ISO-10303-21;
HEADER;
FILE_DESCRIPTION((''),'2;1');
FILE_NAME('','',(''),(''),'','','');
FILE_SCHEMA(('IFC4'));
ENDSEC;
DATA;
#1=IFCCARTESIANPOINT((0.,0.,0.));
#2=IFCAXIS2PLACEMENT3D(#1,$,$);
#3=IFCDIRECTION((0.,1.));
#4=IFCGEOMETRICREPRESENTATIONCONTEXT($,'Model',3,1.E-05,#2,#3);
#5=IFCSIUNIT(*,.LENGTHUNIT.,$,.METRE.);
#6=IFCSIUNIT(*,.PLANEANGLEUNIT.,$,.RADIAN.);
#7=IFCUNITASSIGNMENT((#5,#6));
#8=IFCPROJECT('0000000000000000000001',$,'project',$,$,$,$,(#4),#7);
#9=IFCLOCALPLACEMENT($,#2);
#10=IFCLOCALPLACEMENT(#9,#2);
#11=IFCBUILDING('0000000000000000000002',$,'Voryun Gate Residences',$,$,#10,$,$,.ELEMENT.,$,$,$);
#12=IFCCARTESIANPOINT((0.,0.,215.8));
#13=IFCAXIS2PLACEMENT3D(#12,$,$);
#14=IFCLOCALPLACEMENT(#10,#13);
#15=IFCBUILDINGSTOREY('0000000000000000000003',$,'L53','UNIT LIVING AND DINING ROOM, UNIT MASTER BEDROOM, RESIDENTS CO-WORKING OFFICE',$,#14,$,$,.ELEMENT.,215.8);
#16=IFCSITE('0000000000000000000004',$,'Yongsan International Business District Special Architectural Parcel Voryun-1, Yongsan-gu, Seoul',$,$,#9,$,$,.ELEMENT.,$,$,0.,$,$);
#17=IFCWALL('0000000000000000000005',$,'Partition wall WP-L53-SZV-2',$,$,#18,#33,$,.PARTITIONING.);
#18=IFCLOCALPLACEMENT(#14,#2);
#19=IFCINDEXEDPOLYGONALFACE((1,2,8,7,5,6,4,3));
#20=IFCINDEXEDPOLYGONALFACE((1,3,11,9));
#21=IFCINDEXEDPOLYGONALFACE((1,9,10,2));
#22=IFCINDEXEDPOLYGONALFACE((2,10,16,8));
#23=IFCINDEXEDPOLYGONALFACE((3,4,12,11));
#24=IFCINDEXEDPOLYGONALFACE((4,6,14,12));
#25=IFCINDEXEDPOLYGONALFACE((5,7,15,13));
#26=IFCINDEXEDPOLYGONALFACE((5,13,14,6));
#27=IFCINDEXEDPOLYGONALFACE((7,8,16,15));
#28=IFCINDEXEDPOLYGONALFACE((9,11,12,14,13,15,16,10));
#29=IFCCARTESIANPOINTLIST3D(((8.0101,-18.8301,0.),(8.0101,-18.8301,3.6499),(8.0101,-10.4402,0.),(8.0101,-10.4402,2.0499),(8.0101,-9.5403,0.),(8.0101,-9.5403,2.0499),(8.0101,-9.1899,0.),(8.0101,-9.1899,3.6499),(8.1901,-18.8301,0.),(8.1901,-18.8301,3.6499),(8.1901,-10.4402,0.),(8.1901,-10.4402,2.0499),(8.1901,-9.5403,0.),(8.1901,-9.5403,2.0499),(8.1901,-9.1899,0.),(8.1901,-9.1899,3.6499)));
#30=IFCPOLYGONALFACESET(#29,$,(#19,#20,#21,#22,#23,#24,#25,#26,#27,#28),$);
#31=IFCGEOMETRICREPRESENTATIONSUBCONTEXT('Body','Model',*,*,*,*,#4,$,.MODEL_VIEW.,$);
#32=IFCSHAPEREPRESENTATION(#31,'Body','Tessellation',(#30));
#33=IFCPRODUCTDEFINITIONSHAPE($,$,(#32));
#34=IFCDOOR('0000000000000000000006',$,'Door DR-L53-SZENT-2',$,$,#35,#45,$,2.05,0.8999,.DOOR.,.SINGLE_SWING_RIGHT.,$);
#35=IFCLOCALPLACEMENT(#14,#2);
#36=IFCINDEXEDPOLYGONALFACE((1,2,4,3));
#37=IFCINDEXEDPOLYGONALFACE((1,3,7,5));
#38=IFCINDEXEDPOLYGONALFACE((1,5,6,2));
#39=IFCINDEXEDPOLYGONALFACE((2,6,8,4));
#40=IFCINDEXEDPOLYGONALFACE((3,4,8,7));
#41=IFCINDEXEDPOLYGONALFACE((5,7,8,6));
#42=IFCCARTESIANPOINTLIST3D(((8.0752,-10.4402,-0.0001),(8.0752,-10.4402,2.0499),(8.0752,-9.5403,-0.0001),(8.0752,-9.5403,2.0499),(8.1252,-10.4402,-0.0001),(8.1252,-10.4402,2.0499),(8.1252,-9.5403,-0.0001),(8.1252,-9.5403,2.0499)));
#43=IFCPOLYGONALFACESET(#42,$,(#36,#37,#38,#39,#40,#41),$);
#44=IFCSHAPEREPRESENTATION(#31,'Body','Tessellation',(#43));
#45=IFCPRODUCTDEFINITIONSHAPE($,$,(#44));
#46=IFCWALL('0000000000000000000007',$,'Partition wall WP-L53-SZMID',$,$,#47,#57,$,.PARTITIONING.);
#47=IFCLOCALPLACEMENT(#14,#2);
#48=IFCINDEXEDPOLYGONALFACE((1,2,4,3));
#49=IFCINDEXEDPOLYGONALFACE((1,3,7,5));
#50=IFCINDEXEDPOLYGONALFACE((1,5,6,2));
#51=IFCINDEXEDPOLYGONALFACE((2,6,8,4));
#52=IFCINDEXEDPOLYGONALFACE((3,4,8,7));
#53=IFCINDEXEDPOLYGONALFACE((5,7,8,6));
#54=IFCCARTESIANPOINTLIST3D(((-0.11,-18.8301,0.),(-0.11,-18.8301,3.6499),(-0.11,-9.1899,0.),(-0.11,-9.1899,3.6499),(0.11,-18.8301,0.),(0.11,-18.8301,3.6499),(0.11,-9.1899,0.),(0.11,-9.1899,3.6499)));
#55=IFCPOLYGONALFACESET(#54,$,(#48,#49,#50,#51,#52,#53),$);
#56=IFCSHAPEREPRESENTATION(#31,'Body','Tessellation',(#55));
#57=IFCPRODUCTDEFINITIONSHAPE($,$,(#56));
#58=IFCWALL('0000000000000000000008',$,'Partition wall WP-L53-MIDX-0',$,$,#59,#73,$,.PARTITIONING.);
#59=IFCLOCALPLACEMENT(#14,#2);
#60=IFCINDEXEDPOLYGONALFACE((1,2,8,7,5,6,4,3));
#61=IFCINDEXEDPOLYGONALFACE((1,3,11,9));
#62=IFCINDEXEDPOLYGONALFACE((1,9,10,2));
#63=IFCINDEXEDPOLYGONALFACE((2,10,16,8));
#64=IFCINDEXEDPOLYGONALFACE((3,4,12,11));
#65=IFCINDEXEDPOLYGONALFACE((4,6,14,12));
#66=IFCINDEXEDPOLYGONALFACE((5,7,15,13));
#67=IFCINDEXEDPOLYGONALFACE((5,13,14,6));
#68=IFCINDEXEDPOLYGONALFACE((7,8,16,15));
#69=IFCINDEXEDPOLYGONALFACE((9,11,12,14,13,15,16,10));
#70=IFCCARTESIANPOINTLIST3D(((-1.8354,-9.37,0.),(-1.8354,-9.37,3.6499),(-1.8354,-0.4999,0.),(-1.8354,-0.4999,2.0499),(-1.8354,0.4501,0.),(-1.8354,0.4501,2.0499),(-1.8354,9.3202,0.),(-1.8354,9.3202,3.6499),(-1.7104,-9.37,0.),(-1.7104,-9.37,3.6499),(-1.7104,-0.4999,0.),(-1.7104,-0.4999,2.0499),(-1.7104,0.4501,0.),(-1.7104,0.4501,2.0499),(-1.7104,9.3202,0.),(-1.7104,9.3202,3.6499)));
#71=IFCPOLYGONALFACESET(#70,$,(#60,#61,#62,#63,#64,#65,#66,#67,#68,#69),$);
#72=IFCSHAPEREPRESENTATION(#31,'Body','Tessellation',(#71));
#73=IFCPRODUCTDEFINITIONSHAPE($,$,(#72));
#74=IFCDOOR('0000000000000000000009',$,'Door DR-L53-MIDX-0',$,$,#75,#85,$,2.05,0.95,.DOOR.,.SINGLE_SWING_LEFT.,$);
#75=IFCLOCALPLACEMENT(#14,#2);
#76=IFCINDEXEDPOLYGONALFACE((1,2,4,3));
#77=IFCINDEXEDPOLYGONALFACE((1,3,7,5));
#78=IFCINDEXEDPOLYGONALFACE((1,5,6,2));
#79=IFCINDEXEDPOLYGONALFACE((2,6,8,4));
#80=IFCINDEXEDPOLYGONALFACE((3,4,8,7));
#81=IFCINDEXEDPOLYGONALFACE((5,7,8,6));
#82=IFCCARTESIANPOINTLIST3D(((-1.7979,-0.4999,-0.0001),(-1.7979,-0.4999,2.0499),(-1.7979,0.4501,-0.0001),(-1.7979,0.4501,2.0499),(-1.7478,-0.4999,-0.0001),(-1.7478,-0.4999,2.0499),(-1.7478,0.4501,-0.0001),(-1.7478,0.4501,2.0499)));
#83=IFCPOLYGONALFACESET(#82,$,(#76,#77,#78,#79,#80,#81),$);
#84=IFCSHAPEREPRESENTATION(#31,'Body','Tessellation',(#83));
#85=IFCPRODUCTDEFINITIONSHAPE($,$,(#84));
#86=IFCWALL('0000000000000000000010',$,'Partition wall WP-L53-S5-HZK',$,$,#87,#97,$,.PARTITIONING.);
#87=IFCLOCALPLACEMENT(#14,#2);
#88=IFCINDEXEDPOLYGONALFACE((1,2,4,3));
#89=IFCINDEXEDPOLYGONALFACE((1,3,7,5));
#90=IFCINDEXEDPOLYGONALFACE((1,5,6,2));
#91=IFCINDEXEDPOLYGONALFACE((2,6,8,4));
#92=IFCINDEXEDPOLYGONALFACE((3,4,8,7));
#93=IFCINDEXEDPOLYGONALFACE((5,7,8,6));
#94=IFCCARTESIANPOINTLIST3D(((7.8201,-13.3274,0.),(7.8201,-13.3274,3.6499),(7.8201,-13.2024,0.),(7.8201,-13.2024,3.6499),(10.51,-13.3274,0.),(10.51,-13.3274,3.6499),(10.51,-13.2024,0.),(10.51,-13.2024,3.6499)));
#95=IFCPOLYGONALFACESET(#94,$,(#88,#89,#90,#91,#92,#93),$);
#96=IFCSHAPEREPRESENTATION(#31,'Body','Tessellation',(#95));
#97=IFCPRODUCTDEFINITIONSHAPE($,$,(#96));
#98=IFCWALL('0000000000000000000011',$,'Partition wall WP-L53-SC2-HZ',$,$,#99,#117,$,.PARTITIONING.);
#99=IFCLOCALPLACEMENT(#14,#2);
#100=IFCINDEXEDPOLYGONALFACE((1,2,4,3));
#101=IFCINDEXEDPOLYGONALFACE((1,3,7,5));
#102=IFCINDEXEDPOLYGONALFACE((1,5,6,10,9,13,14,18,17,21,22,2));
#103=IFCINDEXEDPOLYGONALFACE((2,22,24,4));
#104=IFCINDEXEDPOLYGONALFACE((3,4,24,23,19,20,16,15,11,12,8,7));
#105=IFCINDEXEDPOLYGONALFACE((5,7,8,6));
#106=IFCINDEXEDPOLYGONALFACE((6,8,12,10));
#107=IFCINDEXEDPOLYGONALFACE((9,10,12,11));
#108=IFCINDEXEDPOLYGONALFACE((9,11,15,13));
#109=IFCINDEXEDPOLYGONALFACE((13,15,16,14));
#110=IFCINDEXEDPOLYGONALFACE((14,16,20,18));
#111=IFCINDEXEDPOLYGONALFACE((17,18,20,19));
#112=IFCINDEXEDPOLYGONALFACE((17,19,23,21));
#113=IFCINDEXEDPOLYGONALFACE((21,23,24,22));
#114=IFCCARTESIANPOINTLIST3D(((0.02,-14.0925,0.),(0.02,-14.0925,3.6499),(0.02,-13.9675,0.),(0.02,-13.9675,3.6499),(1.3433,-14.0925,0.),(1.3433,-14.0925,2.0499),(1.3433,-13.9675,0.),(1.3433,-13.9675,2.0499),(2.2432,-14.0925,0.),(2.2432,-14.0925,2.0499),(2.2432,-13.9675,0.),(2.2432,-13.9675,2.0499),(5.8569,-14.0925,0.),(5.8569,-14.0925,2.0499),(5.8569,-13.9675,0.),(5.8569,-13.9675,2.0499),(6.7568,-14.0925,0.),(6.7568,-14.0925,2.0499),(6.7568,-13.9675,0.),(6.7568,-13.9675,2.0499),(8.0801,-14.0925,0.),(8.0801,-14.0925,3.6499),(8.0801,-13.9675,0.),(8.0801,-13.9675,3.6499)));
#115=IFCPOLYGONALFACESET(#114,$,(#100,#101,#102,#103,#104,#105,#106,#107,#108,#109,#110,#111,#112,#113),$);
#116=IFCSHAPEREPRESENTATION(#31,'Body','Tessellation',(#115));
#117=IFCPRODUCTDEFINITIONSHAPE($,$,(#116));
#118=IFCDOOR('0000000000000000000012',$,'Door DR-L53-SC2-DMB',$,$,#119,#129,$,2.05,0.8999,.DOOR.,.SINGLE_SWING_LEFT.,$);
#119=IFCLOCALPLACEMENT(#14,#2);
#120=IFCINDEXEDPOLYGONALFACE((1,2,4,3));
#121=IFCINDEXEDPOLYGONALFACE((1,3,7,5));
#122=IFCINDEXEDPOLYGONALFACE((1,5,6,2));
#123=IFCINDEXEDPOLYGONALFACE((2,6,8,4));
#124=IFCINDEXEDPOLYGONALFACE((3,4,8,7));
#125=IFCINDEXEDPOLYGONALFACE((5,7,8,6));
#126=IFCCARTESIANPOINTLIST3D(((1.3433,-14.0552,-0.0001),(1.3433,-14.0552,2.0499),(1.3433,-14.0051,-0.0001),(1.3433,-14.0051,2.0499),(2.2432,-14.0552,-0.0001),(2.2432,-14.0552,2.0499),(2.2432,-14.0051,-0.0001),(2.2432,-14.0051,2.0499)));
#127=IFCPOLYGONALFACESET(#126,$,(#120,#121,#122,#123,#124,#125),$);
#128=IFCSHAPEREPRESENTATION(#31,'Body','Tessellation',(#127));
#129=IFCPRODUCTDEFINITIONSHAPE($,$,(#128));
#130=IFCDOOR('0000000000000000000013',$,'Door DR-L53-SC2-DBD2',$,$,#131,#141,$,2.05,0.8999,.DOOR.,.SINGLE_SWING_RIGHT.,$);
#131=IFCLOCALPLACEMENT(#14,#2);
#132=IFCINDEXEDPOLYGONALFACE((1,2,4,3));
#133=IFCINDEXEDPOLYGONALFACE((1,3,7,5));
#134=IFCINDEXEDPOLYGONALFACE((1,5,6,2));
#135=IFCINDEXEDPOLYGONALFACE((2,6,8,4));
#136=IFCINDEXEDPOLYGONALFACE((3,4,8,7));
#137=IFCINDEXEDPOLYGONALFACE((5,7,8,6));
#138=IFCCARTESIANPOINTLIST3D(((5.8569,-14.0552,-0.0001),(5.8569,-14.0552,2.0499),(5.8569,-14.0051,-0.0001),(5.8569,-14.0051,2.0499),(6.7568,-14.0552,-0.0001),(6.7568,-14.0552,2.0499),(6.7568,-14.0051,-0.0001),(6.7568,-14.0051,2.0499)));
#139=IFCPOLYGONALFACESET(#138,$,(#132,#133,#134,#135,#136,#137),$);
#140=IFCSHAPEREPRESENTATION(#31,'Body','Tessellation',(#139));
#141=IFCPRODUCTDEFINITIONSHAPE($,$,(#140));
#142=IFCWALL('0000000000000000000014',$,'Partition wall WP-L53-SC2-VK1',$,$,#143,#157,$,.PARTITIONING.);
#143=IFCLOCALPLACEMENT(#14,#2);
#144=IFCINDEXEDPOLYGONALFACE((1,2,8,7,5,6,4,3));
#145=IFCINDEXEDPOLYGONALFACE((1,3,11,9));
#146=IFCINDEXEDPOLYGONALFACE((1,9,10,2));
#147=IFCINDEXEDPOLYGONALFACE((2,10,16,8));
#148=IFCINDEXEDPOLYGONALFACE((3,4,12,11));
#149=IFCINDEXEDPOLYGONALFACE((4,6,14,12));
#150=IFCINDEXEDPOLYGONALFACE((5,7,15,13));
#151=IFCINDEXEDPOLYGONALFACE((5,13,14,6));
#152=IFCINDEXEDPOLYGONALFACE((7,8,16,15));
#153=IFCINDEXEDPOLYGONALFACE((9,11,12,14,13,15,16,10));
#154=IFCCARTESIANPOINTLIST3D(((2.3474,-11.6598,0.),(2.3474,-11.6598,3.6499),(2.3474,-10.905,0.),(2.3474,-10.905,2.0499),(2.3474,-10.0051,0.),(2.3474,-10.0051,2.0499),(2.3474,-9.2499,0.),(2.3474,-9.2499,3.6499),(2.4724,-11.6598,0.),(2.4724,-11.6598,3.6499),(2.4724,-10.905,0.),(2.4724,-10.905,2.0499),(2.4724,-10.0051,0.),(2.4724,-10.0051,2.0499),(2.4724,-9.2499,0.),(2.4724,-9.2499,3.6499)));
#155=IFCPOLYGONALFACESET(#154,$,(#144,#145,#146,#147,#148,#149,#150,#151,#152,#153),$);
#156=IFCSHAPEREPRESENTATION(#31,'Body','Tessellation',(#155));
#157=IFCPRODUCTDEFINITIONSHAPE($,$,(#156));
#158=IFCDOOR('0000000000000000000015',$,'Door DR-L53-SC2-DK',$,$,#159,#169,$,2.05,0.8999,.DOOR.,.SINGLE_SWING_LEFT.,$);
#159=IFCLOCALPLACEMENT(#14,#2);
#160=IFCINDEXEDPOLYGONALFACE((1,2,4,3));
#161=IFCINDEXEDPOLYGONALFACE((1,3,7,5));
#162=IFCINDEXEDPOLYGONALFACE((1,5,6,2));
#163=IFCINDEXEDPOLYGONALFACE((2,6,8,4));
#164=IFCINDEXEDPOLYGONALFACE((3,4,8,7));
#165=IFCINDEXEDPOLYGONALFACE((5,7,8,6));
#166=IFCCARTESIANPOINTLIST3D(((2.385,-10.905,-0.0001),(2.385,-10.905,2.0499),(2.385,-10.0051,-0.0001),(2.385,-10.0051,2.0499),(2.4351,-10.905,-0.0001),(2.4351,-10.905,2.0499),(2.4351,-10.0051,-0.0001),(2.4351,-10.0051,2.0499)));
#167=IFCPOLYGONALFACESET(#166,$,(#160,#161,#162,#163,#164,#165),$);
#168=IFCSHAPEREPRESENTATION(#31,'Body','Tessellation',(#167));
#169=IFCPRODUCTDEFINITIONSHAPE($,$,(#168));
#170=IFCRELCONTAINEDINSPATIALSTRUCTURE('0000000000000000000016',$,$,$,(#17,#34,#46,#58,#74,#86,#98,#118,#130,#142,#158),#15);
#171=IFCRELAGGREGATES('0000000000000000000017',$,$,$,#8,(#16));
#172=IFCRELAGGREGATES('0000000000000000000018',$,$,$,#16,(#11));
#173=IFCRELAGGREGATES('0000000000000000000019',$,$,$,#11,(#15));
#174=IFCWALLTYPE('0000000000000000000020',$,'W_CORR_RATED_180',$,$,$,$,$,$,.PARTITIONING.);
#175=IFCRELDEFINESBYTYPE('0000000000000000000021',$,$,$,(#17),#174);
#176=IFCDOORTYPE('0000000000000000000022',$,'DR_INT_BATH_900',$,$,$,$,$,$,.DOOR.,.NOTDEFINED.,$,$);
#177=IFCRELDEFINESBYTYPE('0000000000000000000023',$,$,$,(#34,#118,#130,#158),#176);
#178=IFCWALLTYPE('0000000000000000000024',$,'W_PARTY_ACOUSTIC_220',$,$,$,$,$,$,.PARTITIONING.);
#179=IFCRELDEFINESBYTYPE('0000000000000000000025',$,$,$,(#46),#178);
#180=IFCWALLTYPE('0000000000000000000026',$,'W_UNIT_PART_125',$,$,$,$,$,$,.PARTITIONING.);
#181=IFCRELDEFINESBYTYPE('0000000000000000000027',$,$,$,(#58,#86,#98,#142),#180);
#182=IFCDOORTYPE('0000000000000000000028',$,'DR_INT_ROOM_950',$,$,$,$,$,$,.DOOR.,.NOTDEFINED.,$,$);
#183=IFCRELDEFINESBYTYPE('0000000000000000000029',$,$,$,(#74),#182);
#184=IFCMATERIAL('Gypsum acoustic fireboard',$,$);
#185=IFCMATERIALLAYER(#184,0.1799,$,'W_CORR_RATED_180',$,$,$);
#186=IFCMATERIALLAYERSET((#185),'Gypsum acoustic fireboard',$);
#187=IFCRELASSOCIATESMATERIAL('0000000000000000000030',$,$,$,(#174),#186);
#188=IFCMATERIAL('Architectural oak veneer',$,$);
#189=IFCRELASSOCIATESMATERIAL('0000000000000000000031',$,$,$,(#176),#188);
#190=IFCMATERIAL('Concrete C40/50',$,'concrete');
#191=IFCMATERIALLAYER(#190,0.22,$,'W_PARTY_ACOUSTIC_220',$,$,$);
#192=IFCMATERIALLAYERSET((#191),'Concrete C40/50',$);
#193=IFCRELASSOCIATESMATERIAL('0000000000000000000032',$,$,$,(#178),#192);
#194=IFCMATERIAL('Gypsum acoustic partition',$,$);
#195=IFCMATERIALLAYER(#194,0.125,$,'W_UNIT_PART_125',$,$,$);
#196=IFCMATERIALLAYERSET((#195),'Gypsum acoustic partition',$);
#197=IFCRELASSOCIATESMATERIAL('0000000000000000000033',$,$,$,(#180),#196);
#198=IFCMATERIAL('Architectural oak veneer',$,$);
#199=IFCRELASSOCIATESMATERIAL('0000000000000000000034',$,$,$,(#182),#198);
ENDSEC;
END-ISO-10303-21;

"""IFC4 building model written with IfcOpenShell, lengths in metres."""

from ifc_helpers import new_model, si_unit, direction, frame, frame_2d, origin, place, context, subcontext, project, spatial, rectangle, extrude, material, layer, layer_set, type_object, element, fill, save


model = new_model("IFC4")

# Units and contexts
model_context = context("Model", 3, precision=1e-05, world=origin(), true_north=direction((0.0, 1.0)))
body_context = subcontext(model_context, "Body", "Model", "MODEL_VIEW")
ifc_project = project(units=[si_unit("LENGTHUNIT", "METRE"), si_unit("PLANEANGLEUNIT", "RADIAN")], contexts=[model_context])

# Site, building, storey
site_placement = place(None, origin())
site = spatial("IfcSite", under=ifc_project, at=site_placement, Name="Yongsan International Business District Special Architectural Parcel Voryun-1, Yongsan-gu, Seoul", CompositionType="ELEMENT", RefElevation=0.0)
building_placement = place(site_placement, origin())
building = spatial("IfcBuilding", under=site, at=building_placement, Name="Voryun Gate Residences", CompositionType="ELEMENT")
storey_placement = place(building_placement, frame((0.0, 0.0, 215.8)))
storey = spatial("IfcBuildingStorey", under=building, at=storey_placement, Name="L53", Description="UNIT LIVING AND DINING ROOM, UNIT MASTER BEDROOM, RESIDENTS CO-WORKING OFFICE", CompositionType="ELEMENT", Elevation=215.8)

# Shared definitions
ifc_material_1 = material(Name="Gypsum acoustic fireboard")
ifc_layer_1 = layer(ifc_material_1, 0.1799, Name="W_CORR_RATED_180")
ifc_layer_set_1 = layer_set([ifc_layer_1], Name="Gypsum acoustic fireboard")
wall_type_1 = type_object("IfcWallType", Name="W_CORR_RATED_180", PredefinedType="PARTITIONING", material=ifc_layer_set_1)

# Wall, opening, door
wall_1_placement = place(storey_placement, frame((8.1001, -18.8301, 0.0), z_axis=(0.0, 0.0, 1.0), x_axis=(0.0, 1.0, 0.0)))
wall_1 = element("IfcWall", 1, at=wall_1_placement, inside=storey, type_object=wall_type_1, Name="Partition wall WP-L53-SZV-2", PredefinedType="PARTITIONING", context=body_context, shape_type="SweptSolid", body=[
    extrude(rectangle(XDim=9.6401, YDim=0.1799, at=frame_2d((4.8201, 0.0))), origin(), (0.0, 0.0, 1.0), 3.6499),
])
opening_1_placement = place(wall_1_placement, frame((8.3899, 0.0, 0.0)))
opening_1 = element("IfcOpeningElement", 2, at=opening_1_placement, cuts=wall_1, PredefinedType="OPENING", context=body_context, shape_type="SweptSolid", body=[
    extrude(rectangle(XDim=0.8999, YDim=2.05, at=frame_2d((0.45, 1.0249))), frame((0.0, 0.0999, 0.0), z_axis=(0.0, -1.0, 0.0), x_axis=(1.0, 0.0, 0.0)), (0.0, 0.0, 1.0), 0.2),
])
ifc_material_2 = material(Name="Architectural oak veneer")
door_type_1 = type_object("IfcDoorType", Name="DR_INT_BATH_900", OperationType="NOTDEFINED", PredefinedType="DOOR", material=ifc_material_2)
door_1_placement = place(opening_1_placement, origin())
door_1 = element("IfcDoor", 3, at=door_1_placement, inside=storey, type_object=door_type_1, Name="Door DR-L53-SZENT-2", OperationType="SINGLE_SWING_RIGHT", OverallHeight=2.05, OverallWidth=0.8999, PredefinedType="DOOR", context=body_context, shape_type="SweptSolid", body=[
    extrude(rectangle(XDim=0.8999, YDim=2.05, at=frame_2d((0.45, 1.0249))), frame((0.0, 0.0249, 0.0), z_axis=(0.0, -1.0, 0.0), x_axis=(1.0, 0.0, 0.0)), (0.0, 0.0, 1.0), 0.05),
])
fill(opening_1, door_1)

# Wall
ifc_material_3 = material(Name="Concrete C40/50", Category="concrete")
ifc_layer_2 = layer(ifc_material_3, 0.22, Name="W_PARTY_ACOUSTIC_220")
ifc_layer_set_2 = layer_set([ifc_layer_2], Name="Concrete C40/50")
wall_type_2 = type_object("IfcWallType", Name="W_PARTY_ACOUSTIC_220", PredefinedType="PARTITIONING", material=ifc_layer_set_2)
wall_2_placement = place(storey_placement, frame((0.0, -18.8301, 0.0), z_axis=(0.0, 0.0, 1.0), x_axis=(0.0, 1.0, 0.0)))
element("IfcWall", 4, at=wall_2_placement, inside=storey, type_object=wall_type_2, Name="Partition wall WP-L53-SZMID", PredefinedType="PARTITIONING", context=body_context, shape_type="SweptSolid", body=[
    extrude(rectangle(XDim=9.6401, YDim=0.22, at=frame_2d((4.8201, 0.0))), origin(), (0.0, 0.0, 1.0), 3.6499),
])

# Wall, opening, door
ifc_material_4 = material(Name="Gypsum acoustic partition")
ifc_layer_3 = layer(ifc_material_4, 0.125, Name="W_UNIT_PART_125")
ifc_layer_set_3 = layer_set([ifc_layer_3], Name="Gypsum acoustic partition")
wall_type_3 = type_object("IfcWallType", Name="W_UNIT_PART_125", PredefinedType="PARTITIONING", material=ifc_layer_set_3)
wall_3_placement = place(storey_placement, frame((-1.7729, -9.3701, 0.0), z_axis=(0.0, 0.0, 1.0), x_axis=(0.0, 1.0, 0.0)))
wall_3 = element("IfcWall", 5, at=wall_3_placement, inside=storey, type_object=wall_type_3, Name="Partition wall WP-L53-MIDX-0", PredefinedType="PARTITIONING", context=body_context, shape_type="SweptSolid", body=[
    extrude(rectangle(XDim=18.6902, YDim=0.125, at=frame_2d((9.3452, 0.0))), origin(), (0.0, 0.0, 1.0), 3.6499),
])
opening_2_placement = place(wall_3_placement, frame((8.8701, 0.0, 0.0)))
opening_2 = element("IfcOpeningElement", 6, at=opening_2_placement, cuts=wall_3, PredefinedType="OPENING", context=body_context, shape_type="SweptSolid", body=[
    extrude(rectangle(XDim=0.95, YDim=2.05, at=frame_2d((0.4751, 1.0249))), frame((0.0, 0.0725, 0.0), z_axis=(0.0, -1.0, 0.0), x_axis=(1.0, 0.0, 0.0)), (0.0, 0.0, 1.0), 0.145),
])
ifc_material_5 = material(Name="Architectural oak veneer")
door_type_2 = type_object("IfcDoorType", Name="DR_INT_ROOM_950", OperationType="NOTDEFINED", PredefinedType="DOOR", material=ifc_material_5)
door_2_placement = place(opening_2_placement, origin())
door_2 = element("IfcDoor", 7, at=door_2_placement, inside=storey, type_object=door_type_2, Name="Door DR-L53-MIDX-0", OperationType="SINGLE_SWING_LEFT", OverallHeight=2.05, OverallWidth=0.95, PredefinedType="DOOR", context=body_context, shape_type="SweptSolid", body=[
    extrude(rectangle(XDim=0.95, YDim=2.05, at=frame_2d((0.4751, 1.0249))), frame((0.0, 0.0249, 0.0), z_axis=(0.0, -1.0, 0.0), x_axis=(1.0, 0.0, 0.0)), (0.0, 0.0, 1.0), 0.05),
])
fill(opening_2, door_2)

# Wall
wall_4_placement = place(storey_placement, frame((7.8201, -13.2649, 0.0), z_axis=(0.0, 0.0, 1.0), x_axis=(1.0, 0.0, 0.0)))
element("IfcWall", 8, at=wall_4_placement, inside=storey, type_object=wall_type_3, Name="Partition wall WP-L53-S5-HZK", PredefinedType="PARTITIONING", context=body_context, shape_type="SweptSolid", body=[
    extrude(rectangle(XDim=2.6899, YDim=0.125, at=frame_2d((1.345, 0.0))), origin(), (0.0, 0.0, 1.0), 3.6499),
])

# Wall, openings, doors
wall_5_placement = place(storey_placement, frame((0.02, -14.03, 0.0), z_axis=(0.0, 0.0, 1.0), x_axis=(1.0, 0.0, 0.0)))
wall_5 = element("IfcWall", 9, at=wall_5_placement, inside=storey, type_object=wall_type_3, Name="Partition wall WP-L53-SC2-HZ", PredefinedType="PARTITIONING", context=body_context, shape_type="SweptSolid", body=[
    extrude(rectangle(XDim=8.0601, YDim=0.125, at=frame_2d((4.03, 0.0))), origin(), (0.0, 0.0, 1.0), 3.6499),
])
opening_3_placement = place(wall_5_placement, frame((1.3232, 0.0, 0.0)))
opening_3 = element("IfcOpeningElement", 10, at=opening_3_placement, cuts=wall_5, PredefinedType="OPENING", context=body_context, shape_type="SweptSolid", body=[
    extrude(rectangle(XDim=0.8999, YDim=2.05, at=frame_2d((0.45, 1.0249))), frame((0.0, 0.0725, 0.0), z_axis=(0.0, -1.0, 0.0), x_axis=(1.0, 0.0, 0.0)), (0.0, 0.0, 1.0), 0.145),
])
opening_4_placement = place(wall_5_placement, frame((5.8369, 0.0, 0.0)))
opening_4 = element("IfcOpeningElement", 11, at=opening_4_placement, cuts=wall_5, PredefinedType="OPENING", context=body_context, shape_type="SweptSolid", body=[
    extrude(rectangle(XDim=0.8999, YDim=2.05, at=frame_2d((0.45, 1.0249))), frame((0.0, 0.0725, 0.0), z_axis=(0.0, -1.0, 0.0), x_axis=(1.0, 0.0, 0.0)), (0.0, 0.0, 1.0), 0.145),
])
door_3_placement = place(opening_3_placement, origin())
door_3 = element("IfcDoor", 12, at=door_3_placement, inside=storey, type_object=door_type_1, Name="Door DR-L53-SC2-DMB", OperationType="SINGLE_SWING_LEFT", OverallHeight=2.05, OverallWidth=0.8999, PredefinedType="DOOR", context=body_context, shape_type="SweptSolid", body=[
    extrude(rectangle(XDim=0.8999, YDim=2.05, at=frame_2d((0.45, 1.0249))), frame((0.0, 0.0249, 0.0), z_axis=(0.0, -1.0, 0.0), x_axis=(1.0, 0.0, 0.0)), (0.0, 0.0, 1.0), 0.05),
])
fill(opening_3, door_3)
door_4_placement = place(opening_4_placement, origin())
door_4 = element("IfcDoor", 13, at=door_4_placement, inside=storey, type_object=door_type_1, Name="Door DR-L53-SC2-DBD2", OperationType="SINGLE_SWING_RIGHT", OverallHeight=2.05, OverallWidth=0.8999, PredefinedType="DOOR", context=body_context, shape_type="SweptSolid", body=[
    extrude(rectangle(XDim=0.8999, YDim=2.05, at=frame_2d((0.45, 1.0249))), frame((0.0, 0.0249, 0.0), z_axis=(0.0, -1.0, 0.0), x_axis=(1.0, 0.0, 0.0)), (0.0, 0.0, 1.0), 0.05),
])
fill(opening_4, door_4)

# Wall, opening, door
wall_6_placement = place(storey_placement, frame((2.4099, -11.6599, 0.0), z_axis=(0.0, 0.0, 1.0), x_axis=(0.0, 1.0, 0.0)))
wall_6 = element("IfcWall", 14, at=wall_6_placement, inside=storey, type_object=wall_type_3, Name="Partition wall WP-L53-SC2-VK1", PredefinedType="PARTITIONING", context=body_context, shape_type="SweptSolid", body=[
    extrude(rectangle(XDim=2.4099, YDim=0.125, at=frame_2d((1.2051, 0.0))), origin(), (0.0, 0.0, 1.0), 3.6499),
])
opening_5_placement = place(wall_6_placement, frame((0.7549, 0.0, 0.0)))
opening_5 = element("IfcOpeningElement", 15, at=opening_5_placement, cuts=wall_6, PredefinedType="OPENING", context=body_context, shape_type="SweptSolid", body=[
    extrude(rectangle(XDim=0.8999, YDim=2.05, at=frame_2d((0.45, 1.0249))), frame((0.0, 0.0725, 0.0), z_axis=(0.0, -1.0, 0.0), x_axis=(1.0, 0.0, 0.0)), (0.0, 0.0, 1.0), 0.145),
])
door_5_placement = place(opening_5_placement, origin())
door_5 = element("IfcDoor", 16, at=door_5_placement, inside=storey, type_object=door_type_1, Name="Door DR-L53-SC2-DK", OperationType="SINGLE_SWING_LEFT", OverallHeight=2.05, OverallWidth=0.8999, PredefinedType="DOOR", context=body_context, shape_type="SweptSolid", body=[
    extrude(rectangle(XDim=0.8999, YDim=2.05, at=frame_2d((0.45, 1.0249))), frame((0.0, 0.0249, 0.0), z_axis=(0.0, -1.0, 0.0), x_axis=(1.0, 0.0, 0.0)), (0.0, 0.0, 1.0), 0.05),
])
fill(opening_5, door_5)

save(model, "model.ifc")
